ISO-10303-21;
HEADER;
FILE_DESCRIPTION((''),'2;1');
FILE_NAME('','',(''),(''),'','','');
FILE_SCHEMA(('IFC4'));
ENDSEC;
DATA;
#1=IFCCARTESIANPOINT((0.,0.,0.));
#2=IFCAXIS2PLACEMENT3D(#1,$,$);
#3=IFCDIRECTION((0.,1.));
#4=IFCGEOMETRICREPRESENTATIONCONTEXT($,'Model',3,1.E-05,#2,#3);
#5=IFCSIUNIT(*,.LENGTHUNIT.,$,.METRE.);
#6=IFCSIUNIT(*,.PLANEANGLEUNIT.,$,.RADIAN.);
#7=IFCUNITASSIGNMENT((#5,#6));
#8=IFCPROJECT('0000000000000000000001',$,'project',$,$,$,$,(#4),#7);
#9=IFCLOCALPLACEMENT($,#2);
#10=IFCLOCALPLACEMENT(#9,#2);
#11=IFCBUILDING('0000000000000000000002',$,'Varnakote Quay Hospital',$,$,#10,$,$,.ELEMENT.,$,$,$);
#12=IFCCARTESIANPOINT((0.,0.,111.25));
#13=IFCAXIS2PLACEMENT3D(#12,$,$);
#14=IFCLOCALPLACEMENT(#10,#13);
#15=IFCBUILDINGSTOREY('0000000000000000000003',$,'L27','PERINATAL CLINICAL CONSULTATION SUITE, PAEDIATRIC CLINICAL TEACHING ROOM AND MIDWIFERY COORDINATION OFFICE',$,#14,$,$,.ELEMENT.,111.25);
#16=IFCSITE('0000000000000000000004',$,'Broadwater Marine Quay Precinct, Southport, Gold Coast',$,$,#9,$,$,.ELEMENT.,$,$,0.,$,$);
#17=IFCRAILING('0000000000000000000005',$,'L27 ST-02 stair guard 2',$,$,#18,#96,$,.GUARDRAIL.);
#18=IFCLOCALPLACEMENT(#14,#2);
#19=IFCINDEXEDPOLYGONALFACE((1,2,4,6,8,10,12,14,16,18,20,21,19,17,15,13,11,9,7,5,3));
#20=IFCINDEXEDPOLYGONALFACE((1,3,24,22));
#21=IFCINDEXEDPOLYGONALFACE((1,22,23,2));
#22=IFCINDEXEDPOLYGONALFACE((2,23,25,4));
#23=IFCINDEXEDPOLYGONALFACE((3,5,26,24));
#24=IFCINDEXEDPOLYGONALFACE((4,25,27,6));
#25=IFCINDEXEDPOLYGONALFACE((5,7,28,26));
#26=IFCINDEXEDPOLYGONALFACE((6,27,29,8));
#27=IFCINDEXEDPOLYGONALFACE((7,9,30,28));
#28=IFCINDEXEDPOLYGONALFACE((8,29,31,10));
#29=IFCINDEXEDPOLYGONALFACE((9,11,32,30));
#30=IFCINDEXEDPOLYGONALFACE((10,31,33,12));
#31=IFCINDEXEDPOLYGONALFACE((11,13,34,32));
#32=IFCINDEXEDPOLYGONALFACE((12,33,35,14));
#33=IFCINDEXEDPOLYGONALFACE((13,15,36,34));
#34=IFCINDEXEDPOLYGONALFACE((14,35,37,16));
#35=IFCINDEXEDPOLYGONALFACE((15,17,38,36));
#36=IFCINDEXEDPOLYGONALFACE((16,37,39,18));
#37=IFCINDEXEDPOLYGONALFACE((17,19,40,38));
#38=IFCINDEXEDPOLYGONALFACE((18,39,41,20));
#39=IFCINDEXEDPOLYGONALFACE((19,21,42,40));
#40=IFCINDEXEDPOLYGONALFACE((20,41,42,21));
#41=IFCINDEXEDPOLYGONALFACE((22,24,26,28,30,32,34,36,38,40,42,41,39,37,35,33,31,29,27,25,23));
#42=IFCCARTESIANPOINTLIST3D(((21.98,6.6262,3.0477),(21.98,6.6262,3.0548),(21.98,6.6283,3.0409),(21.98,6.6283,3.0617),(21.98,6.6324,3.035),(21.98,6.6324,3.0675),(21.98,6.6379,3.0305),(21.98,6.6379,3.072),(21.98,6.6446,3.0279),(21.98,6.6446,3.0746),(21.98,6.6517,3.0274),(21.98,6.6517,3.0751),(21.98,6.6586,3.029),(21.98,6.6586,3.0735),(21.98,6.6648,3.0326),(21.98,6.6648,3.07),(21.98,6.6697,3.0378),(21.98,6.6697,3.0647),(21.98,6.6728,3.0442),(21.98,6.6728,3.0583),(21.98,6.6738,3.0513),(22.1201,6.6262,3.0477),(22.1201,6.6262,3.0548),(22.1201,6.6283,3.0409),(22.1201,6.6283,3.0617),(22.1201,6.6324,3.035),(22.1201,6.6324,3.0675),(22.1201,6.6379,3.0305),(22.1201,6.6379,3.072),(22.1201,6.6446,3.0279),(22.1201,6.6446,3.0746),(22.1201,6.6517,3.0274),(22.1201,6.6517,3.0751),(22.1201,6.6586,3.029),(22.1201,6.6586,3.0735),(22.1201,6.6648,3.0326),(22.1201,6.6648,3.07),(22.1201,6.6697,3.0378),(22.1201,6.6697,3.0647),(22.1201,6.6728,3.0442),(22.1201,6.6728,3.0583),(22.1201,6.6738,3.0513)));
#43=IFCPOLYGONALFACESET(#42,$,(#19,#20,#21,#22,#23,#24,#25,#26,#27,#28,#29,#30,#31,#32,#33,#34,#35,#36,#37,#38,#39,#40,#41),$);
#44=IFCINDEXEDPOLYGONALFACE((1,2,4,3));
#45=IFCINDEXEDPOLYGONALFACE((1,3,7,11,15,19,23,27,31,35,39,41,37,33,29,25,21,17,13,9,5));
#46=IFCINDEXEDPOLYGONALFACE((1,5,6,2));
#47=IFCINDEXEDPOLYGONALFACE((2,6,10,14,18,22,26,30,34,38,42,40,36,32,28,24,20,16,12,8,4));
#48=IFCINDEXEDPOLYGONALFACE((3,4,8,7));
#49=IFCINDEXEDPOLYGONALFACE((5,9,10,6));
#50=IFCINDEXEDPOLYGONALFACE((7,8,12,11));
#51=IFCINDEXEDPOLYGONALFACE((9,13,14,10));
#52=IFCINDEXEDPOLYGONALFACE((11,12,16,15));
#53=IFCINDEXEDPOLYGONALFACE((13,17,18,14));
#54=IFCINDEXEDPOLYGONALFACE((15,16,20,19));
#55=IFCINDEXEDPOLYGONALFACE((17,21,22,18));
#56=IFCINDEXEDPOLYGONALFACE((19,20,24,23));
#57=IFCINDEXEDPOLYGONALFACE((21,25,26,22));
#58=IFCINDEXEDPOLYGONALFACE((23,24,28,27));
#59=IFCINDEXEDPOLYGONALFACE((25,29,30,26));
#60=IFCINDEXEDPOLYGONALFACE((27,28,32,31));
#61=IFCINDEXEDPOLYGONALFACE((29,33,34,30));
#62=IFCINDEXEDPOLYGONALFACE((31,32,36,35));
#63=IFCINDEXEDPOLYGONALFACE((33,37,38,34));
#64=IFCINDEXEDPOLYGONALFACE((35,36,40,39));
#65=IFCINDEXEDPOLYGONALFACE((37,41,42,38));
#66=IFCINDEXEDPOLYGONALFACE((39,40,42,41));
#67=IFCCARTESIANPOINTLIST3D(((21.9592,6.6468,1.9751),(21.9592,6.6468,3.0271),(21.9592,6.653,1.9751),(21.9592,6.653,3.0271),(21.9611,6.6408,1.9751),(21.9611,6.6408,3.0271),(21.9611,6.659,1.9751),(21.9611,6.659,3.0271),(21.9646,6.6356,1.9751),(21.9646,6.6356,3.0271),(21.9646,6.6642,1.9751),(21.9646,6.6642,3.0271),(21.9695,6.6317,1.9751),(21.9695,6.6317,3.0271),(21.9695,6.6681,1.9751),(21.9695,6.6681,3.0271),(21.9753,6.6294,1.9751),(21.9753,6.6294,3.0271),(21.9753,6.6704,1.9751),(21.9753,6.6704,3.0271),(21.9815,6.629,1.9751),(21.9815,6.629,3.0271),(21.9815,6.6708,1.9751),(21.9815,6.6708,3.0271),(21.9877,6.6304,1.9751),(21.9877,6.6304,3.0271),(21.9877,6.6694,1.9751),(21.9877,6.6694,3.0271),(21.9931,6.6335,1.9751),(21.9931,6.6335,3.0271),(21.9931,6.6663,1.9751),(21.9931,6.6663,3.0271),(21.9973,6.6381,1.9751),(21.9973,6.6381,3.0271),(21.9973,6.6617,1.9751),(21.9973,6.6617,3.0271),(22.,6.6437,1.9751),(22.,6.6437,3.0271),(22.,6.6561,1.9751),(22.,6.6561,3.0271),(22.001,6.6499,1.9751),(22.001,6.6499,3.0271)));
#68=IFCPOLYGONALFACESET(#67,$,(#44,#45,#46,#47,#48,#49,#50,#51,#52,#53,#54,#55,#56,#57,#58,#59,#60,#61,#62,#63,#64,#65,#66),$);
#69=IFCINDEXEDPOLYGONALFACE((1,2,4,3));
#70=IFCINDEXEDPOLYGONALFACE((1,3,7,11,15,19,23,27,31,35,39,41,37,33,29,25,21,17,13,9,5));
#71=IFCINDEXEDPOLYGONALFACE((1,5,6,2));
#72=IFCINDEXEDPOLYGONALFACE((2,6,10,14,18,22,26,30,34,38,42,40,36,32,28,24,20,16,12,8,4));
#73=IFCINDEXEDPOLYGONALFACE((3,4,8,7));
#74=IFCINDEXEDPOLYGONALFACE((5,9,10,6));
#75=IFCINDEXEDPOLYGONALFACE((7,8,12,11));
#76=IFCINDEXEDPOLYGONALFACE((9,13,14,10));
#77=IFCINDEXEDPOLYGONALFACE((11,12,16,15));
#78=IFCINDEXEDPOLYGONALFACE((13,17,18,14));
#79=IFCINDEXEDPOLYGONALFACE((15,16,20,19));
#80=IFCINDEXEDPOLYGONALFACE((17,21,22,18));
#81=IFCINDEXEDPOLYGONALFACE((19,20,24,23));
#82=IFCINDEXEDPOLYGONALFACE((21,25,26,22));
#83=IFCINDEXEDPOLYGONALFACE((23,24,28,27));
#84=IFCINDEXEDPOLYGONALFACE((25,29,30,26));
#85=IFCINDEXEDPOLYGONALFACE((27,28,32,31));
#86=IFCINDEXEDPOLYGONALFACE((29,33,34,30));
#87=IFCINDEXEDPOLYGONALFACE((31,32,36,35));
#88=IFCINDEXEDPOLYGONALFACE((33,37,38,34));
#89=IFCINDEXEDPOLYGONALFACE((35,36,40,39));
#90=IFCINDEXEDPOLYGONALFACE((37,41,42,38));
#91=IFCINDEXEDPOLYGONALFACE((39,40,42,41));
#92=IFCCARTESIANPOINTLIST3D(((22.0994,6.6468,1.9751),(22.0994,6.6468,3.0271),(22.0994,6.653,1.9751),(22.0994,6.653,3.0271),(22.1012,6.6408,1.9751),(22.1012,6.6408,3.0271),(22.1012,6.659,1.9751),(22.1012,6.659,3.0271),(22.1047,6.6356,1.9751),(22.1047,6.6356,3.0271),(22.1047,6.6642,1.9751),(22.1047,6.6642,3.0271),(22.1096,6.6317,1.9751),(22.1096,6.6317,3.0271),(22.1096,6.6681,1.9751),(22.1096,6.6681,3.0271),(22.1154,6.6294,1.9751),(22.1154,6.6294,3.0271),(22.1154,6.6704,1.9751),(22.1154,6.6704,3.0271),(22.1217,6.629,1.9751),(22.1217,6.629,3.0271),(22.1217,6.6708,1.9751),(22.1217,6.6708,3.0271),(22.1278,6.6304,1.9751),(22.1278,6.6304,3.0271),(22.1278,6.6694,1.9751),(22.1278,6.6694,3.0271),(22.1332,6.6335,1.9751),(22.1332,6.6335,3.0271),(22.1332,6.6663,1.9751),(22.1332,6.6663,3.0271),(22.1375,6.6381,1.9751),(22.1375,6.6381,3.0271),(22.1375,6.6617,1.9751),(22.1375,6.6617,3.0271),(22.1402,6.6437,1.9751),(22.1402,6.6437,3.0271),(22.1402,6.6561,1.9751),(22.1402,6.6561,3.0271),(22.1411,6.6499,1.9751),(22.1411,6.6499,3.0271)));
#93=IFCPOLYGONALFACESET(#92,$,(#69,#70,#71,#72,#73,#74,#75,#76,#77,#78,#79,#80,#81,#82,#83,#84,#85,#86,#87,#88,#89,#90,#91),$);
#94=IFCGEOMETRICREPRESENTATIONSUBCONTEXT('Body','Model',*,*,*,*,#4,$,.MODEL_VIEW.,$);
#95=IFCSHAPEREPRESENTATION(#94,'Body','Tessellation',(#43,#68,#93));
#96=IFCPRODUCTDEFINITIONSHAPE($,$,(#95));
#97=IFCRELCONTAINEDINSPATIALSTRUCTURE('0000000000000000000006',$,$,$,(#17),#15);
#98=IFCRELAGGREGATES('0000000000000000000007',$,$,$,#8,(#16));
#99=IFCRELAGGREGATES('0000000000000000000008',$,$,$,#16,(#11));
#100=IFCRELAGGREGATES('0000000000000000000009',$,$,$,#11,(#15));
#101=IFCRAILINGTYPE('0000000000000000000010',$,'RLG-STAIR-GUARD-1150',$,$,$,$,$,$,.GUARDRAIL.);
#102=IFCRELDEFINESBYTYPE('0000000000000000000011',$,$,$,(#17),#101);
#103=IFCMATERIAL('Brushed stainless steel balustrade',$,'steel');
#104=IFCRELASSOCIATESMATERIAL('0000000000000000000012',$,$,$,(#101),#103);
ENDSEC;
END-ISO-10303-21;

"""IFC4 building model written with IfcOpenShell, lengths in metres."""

from ifc_helpers import new_model, si_unit, direction, frame, origin, origin_2d, place, context, subcontext, project, spatial, circle, extrude, material, type_object, element, save


model = new_model("IFC4")

# Units and contexts
model_context = context("Model", 3, precision=1e-05, world=origin(), true_north=direction((0.0, 1.0)))
body_context = subcontext(model_context, "Body", "Model", "MODEL_VIEW")
ifc_project = project(units=[si_unit("LENGTHUNIT", "METRE"), si_unit("PLANEANGLEUNIT", "RADIAN")], contexts=[model_context])

# Site, building, storey
site_placement = place(None, origin())
site = spatial("IfcSite", under=ifc_project, at=site_placement, Name="Broadwater Marine Quay Precinct, Southport, Gold Coast", CompositionType="ELEMENT", RefElevation=0.0)
building_placement = place(site_placement, origin())
building = spatial("IfcBuilding", under=site, at=building_placement, Name="Varnakote Quay Hospital", CompositionType="ELEMENT")
storey_placement = place(building_placement, frame((0.0, 0.0, 111.25)))
storey = spatial("IfcBuildingStorey", under=building, at=storey_placement, Name="L27", Description="PERINATAL CLINICAL CONSULTATION SUITE, PAEDIATRIC CLINICAL TEACHING ROOM AND MIDWIFERY COORDINATION OFFICE", CompositionType="ELEMENT", Elevation=111.25)

# Railing
ifc_material_1 = material(Name="Brushed stainless steel balustrade", Category="steel")
railing_type_1 = type_object("IfcRailingType", Name="RLG-STAIR-GUARD-1150", PredefinedType="GUARDRAIL", material=ifc_material_1)
railing_1_placement = place(storey_placement, frame((21.98, 6.6499, 1.9751)))
element("IfcRailing", 1, at=railing_1_placement, inside=storey, type_object=railing_type_1, Name="L27 ST-02 stair guard 2", PredefinedType="GUARDRAIL", context=body_context, shape_type="SweptSolid", body=[
    extrude(circle(Radius=0.0239, at=origin_2d()), frame((0.0, 0.0, 1.0762), z_axis=(1.0, 0.0, 0.0), x_axis=(0.0, 1.0, 0.0)), (0.0, 0.0, 1.0), 0.1401),
    extrude(circle(Radius=0.021, at=origin_2d()), origin(), (0.0, 0.0, 1.0), 1.052),
    extrude(circle(Radius=0.021, at=origin_2d()), frame((0.1401, 0.0, 0.0)), (0.0, 0.0, 1.0), 1.052),
])

save(model, "model.ifc")
